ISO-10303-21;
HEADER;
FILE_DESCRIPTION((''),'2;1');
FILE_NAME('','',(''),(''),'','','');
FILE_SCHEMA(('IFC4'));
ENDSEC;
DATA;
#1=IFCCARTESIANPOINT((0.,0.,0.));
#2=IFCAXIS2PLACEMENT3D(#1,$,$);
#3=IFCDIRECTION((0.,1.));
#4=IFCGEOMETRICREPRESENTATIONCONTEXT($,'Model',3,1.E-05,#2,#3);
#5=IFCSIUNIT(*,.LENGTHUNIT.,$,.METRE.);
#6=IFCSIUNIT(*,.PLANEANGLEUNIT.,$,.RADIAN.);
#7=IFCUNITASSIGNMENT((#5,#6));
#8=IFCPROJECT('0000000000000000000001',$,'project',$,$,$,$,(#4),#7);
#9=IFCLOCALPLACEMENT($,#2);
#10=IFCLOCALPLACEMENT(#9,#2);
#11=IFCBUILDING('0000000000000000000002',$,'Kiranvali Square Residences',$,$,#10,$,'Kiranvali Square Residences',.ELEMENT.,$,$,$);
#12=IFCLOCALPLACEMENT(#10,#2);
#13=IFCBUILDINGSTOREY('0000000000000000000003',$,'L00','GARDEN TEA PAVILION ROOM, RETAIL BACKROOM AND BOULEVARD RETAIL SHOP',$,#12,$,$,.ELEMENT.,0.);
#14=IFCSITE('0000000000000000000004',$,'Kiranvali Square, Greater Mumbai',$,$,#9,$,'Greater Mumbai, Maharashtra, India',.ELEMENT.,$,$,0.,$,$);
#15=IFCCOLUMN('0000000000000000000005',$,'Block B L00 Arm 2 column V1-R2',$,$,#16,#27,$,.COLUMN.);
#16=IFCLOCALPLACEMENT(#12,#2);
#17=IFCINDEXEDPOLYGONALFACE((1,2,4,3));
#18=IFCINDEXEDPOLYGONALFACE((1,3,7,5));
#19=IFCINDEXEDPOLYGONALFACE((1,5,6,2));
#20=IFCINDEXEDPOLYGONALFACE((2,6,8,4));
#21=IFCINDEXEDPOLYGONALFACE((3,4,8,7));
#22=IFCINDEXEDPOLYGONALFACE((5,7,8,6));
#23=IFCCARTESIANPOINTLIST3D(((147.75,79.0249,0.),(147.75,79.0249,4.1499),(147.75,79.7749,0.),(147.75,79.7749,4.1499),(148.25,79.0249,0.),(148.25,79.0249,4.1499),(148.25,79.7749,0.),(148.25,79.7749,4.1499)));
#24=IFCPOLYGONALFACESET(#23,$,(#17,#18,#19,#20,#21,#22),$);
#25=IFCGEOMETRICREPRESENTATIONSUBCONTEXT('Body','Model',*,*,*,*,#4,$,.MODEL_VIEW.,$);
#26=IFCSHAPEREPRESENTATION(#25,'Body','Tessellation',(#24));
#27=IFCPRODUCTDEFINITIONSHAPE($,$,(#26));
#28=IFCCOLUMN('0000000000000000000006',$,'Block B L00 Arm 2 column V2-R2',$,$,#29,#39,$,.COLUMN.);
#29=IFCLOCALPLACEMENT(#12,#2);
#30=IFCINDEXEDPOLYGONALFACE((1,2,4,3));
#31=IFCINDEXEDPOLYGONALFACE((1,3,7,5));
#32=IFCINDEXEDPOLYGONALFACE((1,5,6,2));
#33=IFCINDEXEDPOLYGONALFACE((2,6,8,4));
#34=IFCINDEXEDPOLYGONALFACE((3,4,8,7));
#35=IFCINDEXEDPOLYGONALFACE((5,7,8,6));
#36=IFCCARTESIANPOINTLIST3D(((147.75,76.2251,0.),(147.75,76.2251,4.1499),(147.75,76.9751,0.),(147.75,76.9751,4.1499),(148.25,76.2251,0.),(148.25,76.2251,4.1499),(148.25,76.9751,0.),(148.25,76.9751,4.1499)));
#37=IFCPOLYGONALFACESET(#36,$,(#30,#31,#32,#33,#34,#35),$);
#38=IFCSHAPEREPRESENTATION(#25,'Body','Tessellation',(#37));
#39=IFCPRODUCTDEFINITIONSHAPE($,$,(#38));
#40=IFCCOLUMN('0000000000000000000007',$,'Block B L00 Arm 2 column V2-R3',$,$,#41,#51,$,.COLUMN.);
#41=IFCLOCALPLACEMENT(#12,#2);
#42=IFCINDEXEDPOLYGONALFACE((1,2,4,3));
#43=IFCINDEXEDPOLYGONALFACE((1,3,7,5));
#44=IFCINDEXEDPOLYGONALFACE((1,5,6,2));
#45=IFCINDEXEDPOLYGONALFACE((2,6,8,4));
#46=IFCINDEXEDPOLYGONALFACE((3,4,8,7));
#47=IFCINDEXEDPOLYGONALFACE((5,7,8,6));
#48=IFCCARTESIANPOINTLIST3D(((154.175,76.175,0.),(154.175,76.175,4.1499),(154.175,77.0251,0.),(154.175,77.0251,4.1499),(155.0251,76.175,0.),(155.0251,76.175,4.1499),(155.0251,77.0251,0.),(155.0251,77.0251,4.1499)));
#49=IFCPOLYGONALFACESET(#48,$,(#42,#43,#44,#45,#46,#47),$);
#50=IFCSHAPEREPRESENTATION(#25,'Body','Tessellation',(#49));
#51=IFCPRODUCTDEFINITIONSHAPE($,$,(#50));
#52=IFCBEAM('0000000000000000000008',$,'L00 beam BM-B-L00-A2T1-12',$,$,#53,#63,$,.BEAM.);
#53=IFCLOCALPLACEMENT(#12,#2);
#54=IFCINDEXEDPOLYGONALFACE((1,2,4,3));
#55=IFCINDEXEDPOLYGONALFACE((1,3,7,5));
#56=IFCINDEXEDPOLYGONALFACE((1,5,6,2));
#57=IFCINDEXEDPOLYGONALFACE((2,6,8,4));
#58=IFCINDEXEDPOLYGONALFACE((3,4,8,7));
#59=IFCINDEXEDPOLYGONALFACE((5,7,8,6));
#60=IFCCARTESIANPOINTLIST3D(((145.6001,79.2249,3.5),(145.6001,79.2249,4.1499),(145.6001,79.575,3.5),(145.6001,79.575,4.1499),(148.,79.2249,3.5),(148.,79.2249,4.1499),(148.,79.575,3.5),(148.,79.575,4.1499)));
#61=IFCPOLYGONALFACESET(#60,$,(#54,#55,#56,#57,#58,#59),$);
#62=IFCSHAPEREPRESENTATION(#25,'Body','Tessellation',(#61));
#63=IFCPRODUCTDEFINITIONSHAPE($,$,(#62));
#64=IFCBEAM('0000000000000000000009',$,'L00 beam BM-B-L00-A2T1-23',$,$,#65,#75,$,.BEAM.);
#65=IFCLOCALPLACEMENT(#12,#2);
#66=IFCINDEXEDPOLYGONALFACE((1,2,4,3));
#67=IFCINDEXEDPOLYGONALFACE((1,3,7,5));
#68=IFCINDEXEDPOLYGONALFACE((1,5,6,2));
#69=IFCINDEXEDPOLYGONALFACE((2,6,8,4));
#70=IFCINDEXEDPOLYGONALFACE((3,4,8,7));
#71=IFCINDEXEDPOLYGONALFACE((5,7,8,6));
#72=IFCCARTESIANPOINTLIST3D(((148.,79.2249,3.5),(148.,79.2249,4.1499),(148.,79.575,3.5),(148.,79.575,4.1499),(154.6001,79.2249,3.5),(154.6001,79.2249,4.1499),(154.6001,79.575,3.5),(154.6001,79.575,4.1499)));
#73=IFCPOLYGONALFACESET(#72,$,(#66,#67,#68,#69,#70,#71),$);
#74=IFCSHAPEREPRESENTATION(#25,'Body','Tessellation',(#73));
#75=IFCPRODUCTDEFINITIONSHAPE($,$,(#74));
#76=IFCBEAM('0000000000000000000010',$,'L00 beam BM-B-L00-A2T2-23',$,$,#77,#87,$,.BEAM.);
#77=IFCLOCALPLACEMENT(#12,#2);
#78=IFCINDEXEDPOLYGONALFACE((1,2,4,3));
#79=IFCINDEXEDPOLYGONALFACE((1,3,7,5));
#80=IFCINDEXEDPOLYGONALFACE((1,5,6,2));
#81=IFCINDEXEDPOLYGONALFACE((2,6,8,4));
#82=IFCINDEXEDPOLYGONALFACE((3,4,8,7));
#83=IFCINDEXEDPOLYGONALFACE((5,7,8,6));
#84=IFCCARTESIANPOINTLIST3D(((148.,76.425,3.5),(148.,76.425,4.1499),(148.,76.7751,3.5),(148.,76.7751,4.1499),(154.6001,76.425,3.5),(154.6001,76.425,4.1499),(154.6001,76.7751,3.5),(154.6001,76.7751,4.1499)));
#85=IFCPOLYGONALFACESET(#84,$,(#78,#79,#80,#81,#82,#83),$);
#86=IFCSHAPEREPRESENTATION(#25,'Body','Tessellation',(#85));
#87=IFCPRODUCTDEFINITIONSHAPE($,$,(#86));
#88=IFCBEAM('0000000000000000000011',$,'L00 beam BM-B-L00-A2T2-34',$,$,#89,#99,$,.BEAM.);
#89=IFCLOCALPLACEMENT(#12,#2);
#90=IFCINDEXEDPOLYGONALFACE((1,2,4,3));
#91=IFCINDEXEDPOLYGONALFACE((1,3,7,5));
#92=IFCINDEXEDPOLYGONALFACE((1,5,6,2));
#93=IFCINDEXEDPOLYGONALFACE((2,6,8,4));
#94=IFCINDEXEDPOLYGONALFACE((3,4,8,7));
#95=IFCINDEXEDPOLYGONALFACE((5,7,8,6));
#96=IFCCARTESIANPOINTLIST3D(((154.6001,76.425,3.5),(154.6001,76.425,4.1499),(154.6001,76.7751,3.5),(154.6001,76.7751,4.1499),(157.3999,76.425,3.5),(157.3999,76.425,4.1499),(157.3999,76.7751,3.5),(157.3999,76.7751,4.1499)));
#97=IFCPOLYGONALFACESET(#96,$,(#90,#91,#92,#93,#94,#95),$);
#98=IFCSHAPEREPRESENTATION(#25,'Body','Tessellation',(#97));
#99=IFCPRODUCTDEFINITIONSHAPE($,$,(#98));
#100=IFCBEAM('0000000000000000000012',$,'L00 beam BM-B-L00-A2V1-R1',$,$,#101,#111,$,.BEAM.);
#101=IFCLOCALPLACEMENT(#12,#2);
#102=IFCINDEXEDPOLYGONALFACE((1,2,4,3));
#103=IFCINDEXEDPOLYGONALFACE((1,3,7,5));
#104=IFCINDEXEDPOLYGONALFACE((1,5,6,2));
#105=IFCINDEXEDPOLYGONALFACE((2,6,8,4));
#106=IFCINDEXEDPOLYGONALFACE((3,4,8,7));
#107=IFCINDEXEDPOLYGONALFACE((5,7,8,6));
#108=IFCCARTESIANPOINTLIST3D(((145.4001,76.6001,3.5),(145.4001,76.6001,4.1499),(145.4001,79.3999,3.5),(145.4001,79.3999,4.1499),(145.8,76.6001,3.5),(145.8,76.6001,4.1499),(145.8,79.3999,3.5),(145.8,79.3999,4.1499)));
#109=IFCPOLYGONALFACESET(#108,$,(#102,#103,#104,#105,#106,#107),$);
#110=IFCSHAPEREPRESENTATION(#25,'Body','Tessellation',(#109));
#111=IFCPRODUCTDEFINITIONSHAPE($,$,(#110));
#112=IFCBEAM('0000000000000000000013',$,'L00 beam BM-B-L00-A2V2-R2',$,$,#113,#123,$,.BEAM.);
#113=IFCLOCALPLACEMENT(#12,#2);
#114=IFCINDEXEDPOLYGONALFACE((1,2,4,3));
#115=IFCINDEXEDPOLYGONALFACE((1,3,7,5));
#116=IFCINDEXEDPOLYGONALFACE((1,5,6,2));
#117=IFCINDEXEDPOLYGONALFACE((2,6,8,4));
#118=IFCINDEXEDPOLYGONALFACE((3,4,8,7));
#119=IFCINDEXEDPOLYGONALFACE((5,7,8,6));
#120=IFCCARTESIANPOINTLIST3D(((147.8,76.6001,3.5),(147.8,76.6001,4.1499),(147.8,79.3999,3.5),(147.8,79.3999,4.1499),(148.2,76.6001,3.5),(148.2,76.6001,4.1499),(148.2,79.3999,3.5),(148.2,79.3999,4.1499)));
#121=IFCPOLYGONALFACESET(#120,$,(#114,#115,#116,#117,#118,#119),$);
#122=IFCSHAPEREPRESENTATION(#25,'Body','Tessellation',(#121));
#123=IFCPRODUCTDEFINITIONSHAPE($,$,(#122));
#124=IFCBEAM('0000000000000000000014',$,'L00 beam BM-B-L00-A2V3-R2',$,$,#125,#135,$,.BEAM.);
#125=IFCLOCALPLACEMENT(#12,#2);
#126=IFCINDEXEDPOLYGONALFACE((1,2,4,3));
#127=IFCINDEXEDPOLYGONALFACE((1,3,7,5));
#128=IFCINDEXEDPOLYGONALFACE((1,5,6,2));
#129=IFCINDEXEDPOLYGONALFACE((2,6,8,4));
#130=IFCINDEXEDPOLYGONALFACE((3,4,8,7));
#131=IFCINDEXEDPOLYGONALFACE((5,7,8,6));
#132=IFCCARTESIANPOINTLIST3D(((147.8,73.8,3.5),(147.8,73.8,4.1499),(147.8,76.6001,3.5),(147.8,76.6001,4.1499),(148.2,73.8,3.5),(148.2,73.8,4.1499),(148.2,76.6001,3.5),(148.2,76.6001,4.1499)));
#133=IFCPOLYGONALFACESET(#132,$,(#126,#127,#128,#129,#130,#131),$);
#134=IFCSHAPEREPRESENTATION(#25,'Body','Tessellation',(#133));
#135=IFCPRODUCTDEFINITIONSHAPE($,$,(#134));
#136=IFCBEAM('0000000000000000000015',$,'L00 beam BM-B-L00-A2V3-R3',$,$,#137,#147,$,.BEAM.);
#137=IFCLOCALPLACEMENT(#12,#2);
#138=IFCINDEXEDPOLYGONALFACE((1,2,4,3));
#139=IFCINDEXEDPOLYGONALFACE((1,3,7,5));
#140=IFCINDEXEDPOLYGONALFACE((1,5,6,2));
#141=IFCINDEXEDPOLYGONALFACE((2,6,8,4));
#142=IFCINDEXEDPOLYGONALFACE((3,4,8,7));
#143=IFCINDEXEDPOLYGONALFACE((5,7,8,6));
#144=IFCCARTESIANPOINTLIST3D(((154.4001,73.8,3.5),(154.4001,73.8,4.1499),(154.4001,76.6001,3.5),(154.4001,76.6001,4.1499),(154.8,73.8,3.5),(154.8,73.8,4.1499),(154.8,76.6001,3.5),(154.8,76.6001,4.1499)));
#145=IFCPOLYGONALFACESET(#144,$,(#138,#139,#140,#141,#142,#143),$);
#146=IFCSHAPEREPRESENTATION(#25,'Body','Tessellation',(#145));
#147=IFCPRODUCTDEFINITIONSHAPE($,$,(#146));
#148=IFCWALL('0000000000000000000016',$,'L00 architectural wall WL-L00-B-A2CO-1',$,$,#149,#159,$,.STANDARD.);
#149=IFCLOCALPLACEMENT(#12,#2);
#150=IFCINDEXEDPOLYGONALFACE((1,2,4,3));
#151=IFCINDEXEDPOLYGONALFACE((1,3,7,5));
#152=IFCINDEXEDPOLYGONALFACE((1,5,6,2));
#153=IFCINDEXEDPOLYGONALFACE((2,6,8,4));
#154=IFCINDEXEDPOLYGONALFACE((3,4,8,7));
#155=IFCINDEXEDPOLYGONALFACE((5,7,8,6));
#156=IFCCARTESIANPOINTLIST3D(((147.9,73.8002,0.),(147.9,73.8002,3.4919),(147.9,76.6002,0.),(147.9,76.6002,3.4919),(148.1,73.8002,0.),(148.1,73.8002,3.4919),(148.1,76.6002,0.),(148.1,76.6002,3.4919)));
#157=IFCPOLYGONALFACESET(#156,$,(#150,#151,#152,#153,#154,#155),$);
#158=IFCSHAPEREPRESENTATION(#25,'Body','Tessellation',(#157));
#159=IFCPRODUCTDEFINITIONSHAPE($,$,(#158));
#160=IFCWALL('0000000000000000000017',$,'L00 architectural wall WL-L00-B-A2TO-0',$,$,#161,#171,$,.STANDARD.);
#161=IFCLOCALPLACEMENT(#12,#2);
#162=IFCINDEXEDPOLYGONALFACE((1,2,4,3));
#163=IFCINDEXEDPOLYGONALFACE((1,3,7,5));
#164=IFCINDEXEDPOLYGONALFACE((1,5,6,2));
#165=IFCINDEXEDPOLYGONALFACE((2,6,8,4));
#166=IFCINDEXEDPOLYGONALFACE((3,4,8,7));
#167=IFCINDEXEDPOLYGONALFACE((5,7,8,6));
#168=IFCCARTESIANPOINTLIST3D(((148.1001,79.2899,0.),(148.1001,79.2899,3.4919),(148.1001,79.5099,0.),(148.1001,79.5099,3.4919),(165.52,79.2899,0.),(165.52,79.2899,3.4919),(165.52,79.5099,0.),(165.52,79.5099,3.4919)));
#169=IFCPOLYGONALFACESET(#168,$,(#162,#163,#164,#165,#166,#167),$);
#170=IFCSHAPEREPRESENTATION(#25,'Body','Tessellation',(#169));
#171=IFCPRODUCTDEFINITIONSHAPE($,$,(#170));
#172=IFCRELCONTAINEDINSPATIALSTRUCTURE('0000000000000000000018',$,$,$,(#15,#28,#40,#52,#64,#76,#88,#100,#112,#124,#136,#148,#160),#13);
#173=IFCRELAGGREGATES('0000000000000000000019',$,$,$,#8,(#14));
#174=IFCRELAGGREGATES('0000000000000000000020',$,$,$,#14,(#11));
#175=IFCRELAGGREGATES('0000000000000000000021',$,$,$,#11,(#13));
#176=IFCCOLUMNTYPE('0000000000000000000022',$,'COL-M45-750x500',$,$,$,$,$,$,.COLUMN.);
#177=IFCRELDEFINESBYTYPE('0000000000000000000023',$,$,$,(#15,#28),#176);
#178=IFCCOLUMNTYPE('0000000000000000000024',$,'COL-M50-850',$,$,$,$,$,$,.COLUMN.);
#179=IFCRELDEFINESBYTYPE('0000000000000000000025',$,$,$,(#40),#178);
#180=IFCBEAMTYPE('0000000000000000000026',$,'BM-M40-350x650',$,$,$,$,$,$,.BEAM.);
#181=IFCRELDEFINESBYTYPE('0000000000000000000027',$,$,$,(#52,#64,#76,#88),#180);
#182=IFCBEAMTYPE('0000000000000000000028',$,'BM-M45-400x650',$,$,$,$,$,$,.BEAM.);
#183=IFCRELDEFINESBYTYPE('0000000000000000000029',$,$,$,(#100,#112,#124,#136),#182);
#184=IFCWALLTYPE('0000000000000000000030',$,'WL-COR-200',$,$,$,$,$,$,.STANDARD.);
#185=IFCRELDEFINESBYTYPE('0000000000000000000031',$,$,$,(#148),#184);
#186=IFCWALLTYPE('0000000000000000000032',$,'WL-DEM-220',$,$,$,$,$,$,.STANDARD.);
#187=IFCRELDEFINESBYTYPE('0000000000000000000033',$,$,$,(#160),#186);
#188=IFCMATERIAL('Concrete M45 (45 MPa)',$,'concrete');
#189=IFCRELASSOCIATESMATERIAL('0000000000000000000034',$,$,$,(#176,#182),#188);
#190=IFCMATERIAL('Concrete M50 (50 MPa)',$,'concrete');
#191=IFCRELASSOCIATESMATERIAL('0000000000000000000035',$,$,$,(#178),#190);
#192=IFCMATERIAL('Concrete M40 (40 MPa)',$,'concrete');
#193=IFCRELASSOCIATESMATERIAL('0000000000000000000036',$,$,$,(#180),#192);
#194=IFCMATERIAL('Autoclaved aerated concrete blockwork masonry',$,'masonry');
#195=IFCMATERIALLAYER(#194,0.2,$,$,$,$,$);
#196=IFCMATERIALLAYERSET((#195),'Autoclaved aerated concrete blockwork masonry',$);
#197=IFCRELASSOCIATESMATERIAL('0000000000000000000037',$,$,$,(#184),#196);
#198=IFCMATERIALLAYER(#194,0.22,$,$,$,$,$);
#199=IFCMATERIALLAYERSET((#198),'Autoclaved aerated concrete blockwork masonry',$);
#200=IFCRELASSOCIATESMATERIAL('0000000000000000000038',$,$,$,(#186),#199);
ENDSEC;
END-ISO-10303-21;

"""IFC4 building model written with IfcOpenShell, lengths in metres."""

from ifc_helpers import new_model, si_unit, direction, frame, frame_2d, origin, origin_2d, place, context, subcontext, project, spatial, rectangle, extrude, material, layer, layer_set, material_profile, profile_set, type_object, element, save


model = new_model("IFC4")

# Units and contexts
model_context = context("Model", 3, precision=1e-05, world=origin(), true_north=direction((0.0, 1.0)))
body_context = subcontext(model_context, "Body", "Model", "MODEL_VIEW")
ifc_project = project(units=[si_unit("LENGTHUNIT", "METRE"), si_unit("PLANEANGLEUNIT", "RADIAN")], contexts=[model_context])

# Site, building, storey
site_placement = place(None, origin())
site = spatial("IfcSite", under=ifc_project, at=site_placement, Name="Kiranvali Square, Greater Mumbai", LongName="Greater Mumbai, Maharashtra, India", CompositionType="ELEMENT", RefElevation=0.0)
building_placement = place(site_placement, origin())
building = spatial("IfcBuilding", under=site, at=building_placement, Name="Kiranvali Square Residences", LongName="Kiranvali Square Residences", CompositionType="ELEMENT")
storey_placement = place(building_placement, origin())
storey = spatial("IfcBuildingStorey", under=building, at=storey_placement, Name="L00", Description="GARDEN TEA PAVILION ROOM, RETAIL BACKROOM AND BOULEVARD RETAIL SHOP", CompositionType="ELEMENT", Elevation=0.0)

# Columns
ifc_material_1 = material(Name="Concrete M45 (45 MPa)", Category="concrete")
ifc_material_profile_1 = material_profile(ifc_material_1, rectangle(XDim=0.5, YDim=0.75, at=origin_2d()), Name="RC 750x500")
ifc_profile_set_1 = profile_set([ifc_material_profile_1], Name="Concrete M45 (45 MPa)")
column_type_1 = type_object("IfcColumnType", Name="COL-M45-750x500", PredefinedType="COLUMN", material=ifc_profile_set_1)
for number, where, z_axis, x_axis, name in (
    (1, (148.0, 79.3999, 0.0), (0.0, 0.0, 1.0), (1.0, 0.0, 0.0), "Block B L00 Arm 2 column V1-R2"),
    (2, (148.0, 76.6001, 0.0), (0.0, 0.0, 1.0), (1.0, 0.0, 0.0), "Block B L00 Arm 2 column V2-R2"),
):
    element("IfcColumn", number, at=place(storey_placement, frame(where, z_axis=z_axis, x_axis=x_axis)), inside=storey, type_object=column_type_1, Name=name, PredefinedType="COLUMN", context=body_context, shape_type="SweptSolid", body=[
        extrude(rectangle(XDim=0.5, YDim=0.75, at=origin_2d()), origin(), (0.0, 0.0, 1.0), 4.1499),
    ])
ifc_material_2 = material(Name="Concrete M50 (50 MPa)", Category="concrete")
ifc_material_profile_2 = material_profile(ifc_material_2, rectangle(XDim=0.8501, YDim=0.8501, at=origin_2d()), Name="RC 850x850")
ifc_profile_set_2 = profile_set([ifc_material_profile_2], Name="Concrete M50 (50 MPa)")
column_type_2 = type_object("IfcColumnType", Name="COL-M50-850", PredefinedType="COLUMN", material=ifc_profile_set_2)
column_placement = place(storey_placement, frame((154.6001, 76.6001, 0.0), z_axis=(0.0, 0.0, 1.0), x_axis=(1.0, 0.0, 0.0)))
element("IfcColumn", 3, at=column_placement, inside=storey, type_object=column_type_2, Name="Block B L00 Arm 2 column V2-R3", PredefinedType="COLUMN", context=body_context, shape_type="SweptSolid", body=[
    extrude(rectangle(XDim=0.8501, YDim=0.8501, at=origin_2d()), origin(), (0.0, 0.0, 1.0), 4.1499),
])

# Beams
ifc_material_3 = material(Name="Concrete M40 (40 MPa)", Category="concrete")
ifc_material_profile_3 = material_profile(ifc_material_3, rectangle(XDim=0.3501, YDim=0.6499, at=origin_2d()), Name="RC 350x650")
ifc_profile_set_3 = profile_set([ifc_material_profile_3], Name="Concrete M40 (40 MPa)")
beam_type_1 = type_object("IfcBeamType", Name="BM-M40-350x650", PredefinedType="BEAM", material=ifc_profile_set_3)
beam_1_placement = place(storey_placement, frame((145.6001, 79.3999, 3.825), z_axis=(1.0, 0.0, 0.0), x_axis=(0.0, 1.0, 0.0)))
element("IfcBeam", 4, at=beam_1_placement, inside=storey, type_object=beam_type_1, Name="L00 beam BM-B-L00-A2T1-12", PredefinedType="BEAM", context=body_context, shape_type="SweptSolid", body=[
    extrude(rectangle(XDim=0.3501, YDim=0.6499, at=origin_2d()), origin(), (0.0, 0.0, 1.0), 2.3999),
])
for number, where, z_axis, x_axis, name in (
    (5, (148.0, 79.3999, 3.825), (1.0, 0.0, 0.0), (0.0, 1.0, 0.0), "L00 beam BM-B-L00-A2T1-23"),
    (6, (148.0, 76.6001, 3.825), (1.0, 0.0, 0.0), (0.0, 1.0, 0.0), "L00 beam BM-B-L00-A2T2-23"),
):
    element("IfcBeam", number, at=place(storey_placement, frame(where, z_axis=z_axis, x_axis=x_axis)), inside=storey, type_object=beam_type_1, Name=name, PredefinedType="BEAM", context=body_context, shape_type="SweptSolid", body=[
        extrude(rectangle(XDim=0.3501, YDim=0.6499, at=origin_2d()), origin(), (0.0, 0.0, 1.0), 6.6001),
    ])
beam_2_placement = place(storey_placement, frame((154.6001, 76.6001, 3.825), z_axis=(1.0, 0.0, 0.0), x_axis=(0.0, 1.0, 0.0)))
element("IfcBeam", 7, at=beam_2_placement, inside=storey, type_object=beam_type_1, Name="L00 beam BM-B-L00-A2T2-34", PredefinedType="BEAM", context=body_context, shape_type="SweptSolid", body=[
    extrude(rectangle(XDim=0.3501, YDim=0.6499, at=origin_2d()), origin(), (0.0, 0.0, 1.0), 2.7998),
])
ifc_material_profile_4 = material_profile(ifc_material_1, rectangle(XDim=0.3999, YDim=0.6499, at=origin_2d()), Name="RC 400x650")
ifc_profile_set_4 = profile_set([ifc_material_profile_4], Name="Concrete M45 (45 MPa)")
beam_type_2 = type_object("IfcBeamType", Name="BM-M45-400x650", PredefinedType="BEAM", material=ifc_profile_set_4)
for number, where, z_axis, x_axis, name in (
    (8, (145.6001, 79.3999, 3.825), (0.0, -1.0, 0.0), (1.0, 0.0, 0.0), "L00 beam BM-B-L00-A2V1-R1"),
    (9, (148.0, 79.3999, 3.825), (0.0, -1.0, 0.0), (1.0, 0.0, 0.0), "L00 beam BM-B-L00-A2V2-R2"),
):
    element("IfcBeam", number, at=place(storey_placement, frame(where, z_axis=z_axis, x_axis=x_axis)), inside=storey, type_object=beam_type_2, Name=name, PredefinedType="BEAM", context=body_context, shape_type="SweptSolid", body=[
        extrude(rectangle(XDim=0.3999, YDim=0.6499, at=origin_2d()), origin(), (0.0, 0.0, 1.0), 2.7998),
    ])
for number, where, z_axis, x_axis, name in (
    (10, (148.0, 76.6001, 3.825), (0.0, -1.0, 0.0), (1.0, 0.0, 0.0), "L00 beam BM-B-L00-A2V3-R2"),
    (11, (154.6001, 76.6001, 3.825), (0.0, -1.0, 0.0), (1.0, 0.0, 0.0), "L00 beam BM-B-L00-A2V3-R3"),
):
    element("IfcBeam", number, at=place(storey_placement, frame(where, z_axis=z_axis, x_axis=x_axis)), inside=storey, type_object=beam_type_2, Name=name, PredefinedType="BEAM", context=body_context, shape_type="SweptSolid", body=[
        extrude(rectangle(XDim=0.3999, YDim=0.6499, at=origin_2d()), origin(), (0.0, 0.0, 1.0), 2.8),
    ])

# Shared definitions
ifc_material_4 = material(Name="Autoclaved aerated concrete blockwork masonry", Category="masonry")
ifc_layer_1 = layer(ifc_material_4, 0.2)
ifc_layer_set_1 = layer_set([ifc_layer_1], Name="Autoclaved aerated concrete blockwork masonry")
wall_type_1 = type_object("IfcWallType", Name="WL-COR-200", PredefinedType="STANDARD", material=ifc_layer_set_1)

# Walls
wall_1_placement = place(storey_placement, frame((148.0, 76.6001, 0.0), z_axis=(0.0, 0.0, 1.0), x_axis=(0.0, -1.0, 0.0)))
element("IfcWall", 12, at=wall_1_placement, inside=storey, type_object=wall_type_1, Name="L00 architectural wall WL-L00-B-A2CO-1", PredefinedType="STANDARD", context=body_context, shape_type="SweptSolid", body=[
    extrude(rectangle(XDim=2.8, YDim=0.2, at=frame_2d((1.3999, 0.0))), origin(), (0.0, 0.0, 1.0), 3.4919),
])
ifc_layer_2 = layer(ifc_material_4, 0.22)
ifc_layer_set_2 = layer_set([ifc_layer_2], Name="Autoclaved aerated concrete blockwork masonry")
wall_type_2 = type_object("IfcWallType", Name="WL-DEM-220", PredefinedType="STANDARD", material=ifc_layer_set_2)
wall_2_placement = place(storey_placement, frame((148.1001, 79.3999, 0.0), z_axis=(0.0, 0.0, 1.0), x_axis=(1.0, 0.0, 0.0)))
element("IfcWall", 13, at=wall_2_placement, inside=storey, type_object=wall_type_2, Name="L00 architectural wall WL-L00-B-A2TO-0", PredefinedType="STANDARD", context=body_context, shape_type="SweptSolid", body=[
    extrude(rectangle(XDim=17.4199, YDim=0.22, at=frame_2d((8.71, 0.0))), origin(), (0.0, 0.0, 1.0), 3.4919),
])

save(model, "model.ifc")
